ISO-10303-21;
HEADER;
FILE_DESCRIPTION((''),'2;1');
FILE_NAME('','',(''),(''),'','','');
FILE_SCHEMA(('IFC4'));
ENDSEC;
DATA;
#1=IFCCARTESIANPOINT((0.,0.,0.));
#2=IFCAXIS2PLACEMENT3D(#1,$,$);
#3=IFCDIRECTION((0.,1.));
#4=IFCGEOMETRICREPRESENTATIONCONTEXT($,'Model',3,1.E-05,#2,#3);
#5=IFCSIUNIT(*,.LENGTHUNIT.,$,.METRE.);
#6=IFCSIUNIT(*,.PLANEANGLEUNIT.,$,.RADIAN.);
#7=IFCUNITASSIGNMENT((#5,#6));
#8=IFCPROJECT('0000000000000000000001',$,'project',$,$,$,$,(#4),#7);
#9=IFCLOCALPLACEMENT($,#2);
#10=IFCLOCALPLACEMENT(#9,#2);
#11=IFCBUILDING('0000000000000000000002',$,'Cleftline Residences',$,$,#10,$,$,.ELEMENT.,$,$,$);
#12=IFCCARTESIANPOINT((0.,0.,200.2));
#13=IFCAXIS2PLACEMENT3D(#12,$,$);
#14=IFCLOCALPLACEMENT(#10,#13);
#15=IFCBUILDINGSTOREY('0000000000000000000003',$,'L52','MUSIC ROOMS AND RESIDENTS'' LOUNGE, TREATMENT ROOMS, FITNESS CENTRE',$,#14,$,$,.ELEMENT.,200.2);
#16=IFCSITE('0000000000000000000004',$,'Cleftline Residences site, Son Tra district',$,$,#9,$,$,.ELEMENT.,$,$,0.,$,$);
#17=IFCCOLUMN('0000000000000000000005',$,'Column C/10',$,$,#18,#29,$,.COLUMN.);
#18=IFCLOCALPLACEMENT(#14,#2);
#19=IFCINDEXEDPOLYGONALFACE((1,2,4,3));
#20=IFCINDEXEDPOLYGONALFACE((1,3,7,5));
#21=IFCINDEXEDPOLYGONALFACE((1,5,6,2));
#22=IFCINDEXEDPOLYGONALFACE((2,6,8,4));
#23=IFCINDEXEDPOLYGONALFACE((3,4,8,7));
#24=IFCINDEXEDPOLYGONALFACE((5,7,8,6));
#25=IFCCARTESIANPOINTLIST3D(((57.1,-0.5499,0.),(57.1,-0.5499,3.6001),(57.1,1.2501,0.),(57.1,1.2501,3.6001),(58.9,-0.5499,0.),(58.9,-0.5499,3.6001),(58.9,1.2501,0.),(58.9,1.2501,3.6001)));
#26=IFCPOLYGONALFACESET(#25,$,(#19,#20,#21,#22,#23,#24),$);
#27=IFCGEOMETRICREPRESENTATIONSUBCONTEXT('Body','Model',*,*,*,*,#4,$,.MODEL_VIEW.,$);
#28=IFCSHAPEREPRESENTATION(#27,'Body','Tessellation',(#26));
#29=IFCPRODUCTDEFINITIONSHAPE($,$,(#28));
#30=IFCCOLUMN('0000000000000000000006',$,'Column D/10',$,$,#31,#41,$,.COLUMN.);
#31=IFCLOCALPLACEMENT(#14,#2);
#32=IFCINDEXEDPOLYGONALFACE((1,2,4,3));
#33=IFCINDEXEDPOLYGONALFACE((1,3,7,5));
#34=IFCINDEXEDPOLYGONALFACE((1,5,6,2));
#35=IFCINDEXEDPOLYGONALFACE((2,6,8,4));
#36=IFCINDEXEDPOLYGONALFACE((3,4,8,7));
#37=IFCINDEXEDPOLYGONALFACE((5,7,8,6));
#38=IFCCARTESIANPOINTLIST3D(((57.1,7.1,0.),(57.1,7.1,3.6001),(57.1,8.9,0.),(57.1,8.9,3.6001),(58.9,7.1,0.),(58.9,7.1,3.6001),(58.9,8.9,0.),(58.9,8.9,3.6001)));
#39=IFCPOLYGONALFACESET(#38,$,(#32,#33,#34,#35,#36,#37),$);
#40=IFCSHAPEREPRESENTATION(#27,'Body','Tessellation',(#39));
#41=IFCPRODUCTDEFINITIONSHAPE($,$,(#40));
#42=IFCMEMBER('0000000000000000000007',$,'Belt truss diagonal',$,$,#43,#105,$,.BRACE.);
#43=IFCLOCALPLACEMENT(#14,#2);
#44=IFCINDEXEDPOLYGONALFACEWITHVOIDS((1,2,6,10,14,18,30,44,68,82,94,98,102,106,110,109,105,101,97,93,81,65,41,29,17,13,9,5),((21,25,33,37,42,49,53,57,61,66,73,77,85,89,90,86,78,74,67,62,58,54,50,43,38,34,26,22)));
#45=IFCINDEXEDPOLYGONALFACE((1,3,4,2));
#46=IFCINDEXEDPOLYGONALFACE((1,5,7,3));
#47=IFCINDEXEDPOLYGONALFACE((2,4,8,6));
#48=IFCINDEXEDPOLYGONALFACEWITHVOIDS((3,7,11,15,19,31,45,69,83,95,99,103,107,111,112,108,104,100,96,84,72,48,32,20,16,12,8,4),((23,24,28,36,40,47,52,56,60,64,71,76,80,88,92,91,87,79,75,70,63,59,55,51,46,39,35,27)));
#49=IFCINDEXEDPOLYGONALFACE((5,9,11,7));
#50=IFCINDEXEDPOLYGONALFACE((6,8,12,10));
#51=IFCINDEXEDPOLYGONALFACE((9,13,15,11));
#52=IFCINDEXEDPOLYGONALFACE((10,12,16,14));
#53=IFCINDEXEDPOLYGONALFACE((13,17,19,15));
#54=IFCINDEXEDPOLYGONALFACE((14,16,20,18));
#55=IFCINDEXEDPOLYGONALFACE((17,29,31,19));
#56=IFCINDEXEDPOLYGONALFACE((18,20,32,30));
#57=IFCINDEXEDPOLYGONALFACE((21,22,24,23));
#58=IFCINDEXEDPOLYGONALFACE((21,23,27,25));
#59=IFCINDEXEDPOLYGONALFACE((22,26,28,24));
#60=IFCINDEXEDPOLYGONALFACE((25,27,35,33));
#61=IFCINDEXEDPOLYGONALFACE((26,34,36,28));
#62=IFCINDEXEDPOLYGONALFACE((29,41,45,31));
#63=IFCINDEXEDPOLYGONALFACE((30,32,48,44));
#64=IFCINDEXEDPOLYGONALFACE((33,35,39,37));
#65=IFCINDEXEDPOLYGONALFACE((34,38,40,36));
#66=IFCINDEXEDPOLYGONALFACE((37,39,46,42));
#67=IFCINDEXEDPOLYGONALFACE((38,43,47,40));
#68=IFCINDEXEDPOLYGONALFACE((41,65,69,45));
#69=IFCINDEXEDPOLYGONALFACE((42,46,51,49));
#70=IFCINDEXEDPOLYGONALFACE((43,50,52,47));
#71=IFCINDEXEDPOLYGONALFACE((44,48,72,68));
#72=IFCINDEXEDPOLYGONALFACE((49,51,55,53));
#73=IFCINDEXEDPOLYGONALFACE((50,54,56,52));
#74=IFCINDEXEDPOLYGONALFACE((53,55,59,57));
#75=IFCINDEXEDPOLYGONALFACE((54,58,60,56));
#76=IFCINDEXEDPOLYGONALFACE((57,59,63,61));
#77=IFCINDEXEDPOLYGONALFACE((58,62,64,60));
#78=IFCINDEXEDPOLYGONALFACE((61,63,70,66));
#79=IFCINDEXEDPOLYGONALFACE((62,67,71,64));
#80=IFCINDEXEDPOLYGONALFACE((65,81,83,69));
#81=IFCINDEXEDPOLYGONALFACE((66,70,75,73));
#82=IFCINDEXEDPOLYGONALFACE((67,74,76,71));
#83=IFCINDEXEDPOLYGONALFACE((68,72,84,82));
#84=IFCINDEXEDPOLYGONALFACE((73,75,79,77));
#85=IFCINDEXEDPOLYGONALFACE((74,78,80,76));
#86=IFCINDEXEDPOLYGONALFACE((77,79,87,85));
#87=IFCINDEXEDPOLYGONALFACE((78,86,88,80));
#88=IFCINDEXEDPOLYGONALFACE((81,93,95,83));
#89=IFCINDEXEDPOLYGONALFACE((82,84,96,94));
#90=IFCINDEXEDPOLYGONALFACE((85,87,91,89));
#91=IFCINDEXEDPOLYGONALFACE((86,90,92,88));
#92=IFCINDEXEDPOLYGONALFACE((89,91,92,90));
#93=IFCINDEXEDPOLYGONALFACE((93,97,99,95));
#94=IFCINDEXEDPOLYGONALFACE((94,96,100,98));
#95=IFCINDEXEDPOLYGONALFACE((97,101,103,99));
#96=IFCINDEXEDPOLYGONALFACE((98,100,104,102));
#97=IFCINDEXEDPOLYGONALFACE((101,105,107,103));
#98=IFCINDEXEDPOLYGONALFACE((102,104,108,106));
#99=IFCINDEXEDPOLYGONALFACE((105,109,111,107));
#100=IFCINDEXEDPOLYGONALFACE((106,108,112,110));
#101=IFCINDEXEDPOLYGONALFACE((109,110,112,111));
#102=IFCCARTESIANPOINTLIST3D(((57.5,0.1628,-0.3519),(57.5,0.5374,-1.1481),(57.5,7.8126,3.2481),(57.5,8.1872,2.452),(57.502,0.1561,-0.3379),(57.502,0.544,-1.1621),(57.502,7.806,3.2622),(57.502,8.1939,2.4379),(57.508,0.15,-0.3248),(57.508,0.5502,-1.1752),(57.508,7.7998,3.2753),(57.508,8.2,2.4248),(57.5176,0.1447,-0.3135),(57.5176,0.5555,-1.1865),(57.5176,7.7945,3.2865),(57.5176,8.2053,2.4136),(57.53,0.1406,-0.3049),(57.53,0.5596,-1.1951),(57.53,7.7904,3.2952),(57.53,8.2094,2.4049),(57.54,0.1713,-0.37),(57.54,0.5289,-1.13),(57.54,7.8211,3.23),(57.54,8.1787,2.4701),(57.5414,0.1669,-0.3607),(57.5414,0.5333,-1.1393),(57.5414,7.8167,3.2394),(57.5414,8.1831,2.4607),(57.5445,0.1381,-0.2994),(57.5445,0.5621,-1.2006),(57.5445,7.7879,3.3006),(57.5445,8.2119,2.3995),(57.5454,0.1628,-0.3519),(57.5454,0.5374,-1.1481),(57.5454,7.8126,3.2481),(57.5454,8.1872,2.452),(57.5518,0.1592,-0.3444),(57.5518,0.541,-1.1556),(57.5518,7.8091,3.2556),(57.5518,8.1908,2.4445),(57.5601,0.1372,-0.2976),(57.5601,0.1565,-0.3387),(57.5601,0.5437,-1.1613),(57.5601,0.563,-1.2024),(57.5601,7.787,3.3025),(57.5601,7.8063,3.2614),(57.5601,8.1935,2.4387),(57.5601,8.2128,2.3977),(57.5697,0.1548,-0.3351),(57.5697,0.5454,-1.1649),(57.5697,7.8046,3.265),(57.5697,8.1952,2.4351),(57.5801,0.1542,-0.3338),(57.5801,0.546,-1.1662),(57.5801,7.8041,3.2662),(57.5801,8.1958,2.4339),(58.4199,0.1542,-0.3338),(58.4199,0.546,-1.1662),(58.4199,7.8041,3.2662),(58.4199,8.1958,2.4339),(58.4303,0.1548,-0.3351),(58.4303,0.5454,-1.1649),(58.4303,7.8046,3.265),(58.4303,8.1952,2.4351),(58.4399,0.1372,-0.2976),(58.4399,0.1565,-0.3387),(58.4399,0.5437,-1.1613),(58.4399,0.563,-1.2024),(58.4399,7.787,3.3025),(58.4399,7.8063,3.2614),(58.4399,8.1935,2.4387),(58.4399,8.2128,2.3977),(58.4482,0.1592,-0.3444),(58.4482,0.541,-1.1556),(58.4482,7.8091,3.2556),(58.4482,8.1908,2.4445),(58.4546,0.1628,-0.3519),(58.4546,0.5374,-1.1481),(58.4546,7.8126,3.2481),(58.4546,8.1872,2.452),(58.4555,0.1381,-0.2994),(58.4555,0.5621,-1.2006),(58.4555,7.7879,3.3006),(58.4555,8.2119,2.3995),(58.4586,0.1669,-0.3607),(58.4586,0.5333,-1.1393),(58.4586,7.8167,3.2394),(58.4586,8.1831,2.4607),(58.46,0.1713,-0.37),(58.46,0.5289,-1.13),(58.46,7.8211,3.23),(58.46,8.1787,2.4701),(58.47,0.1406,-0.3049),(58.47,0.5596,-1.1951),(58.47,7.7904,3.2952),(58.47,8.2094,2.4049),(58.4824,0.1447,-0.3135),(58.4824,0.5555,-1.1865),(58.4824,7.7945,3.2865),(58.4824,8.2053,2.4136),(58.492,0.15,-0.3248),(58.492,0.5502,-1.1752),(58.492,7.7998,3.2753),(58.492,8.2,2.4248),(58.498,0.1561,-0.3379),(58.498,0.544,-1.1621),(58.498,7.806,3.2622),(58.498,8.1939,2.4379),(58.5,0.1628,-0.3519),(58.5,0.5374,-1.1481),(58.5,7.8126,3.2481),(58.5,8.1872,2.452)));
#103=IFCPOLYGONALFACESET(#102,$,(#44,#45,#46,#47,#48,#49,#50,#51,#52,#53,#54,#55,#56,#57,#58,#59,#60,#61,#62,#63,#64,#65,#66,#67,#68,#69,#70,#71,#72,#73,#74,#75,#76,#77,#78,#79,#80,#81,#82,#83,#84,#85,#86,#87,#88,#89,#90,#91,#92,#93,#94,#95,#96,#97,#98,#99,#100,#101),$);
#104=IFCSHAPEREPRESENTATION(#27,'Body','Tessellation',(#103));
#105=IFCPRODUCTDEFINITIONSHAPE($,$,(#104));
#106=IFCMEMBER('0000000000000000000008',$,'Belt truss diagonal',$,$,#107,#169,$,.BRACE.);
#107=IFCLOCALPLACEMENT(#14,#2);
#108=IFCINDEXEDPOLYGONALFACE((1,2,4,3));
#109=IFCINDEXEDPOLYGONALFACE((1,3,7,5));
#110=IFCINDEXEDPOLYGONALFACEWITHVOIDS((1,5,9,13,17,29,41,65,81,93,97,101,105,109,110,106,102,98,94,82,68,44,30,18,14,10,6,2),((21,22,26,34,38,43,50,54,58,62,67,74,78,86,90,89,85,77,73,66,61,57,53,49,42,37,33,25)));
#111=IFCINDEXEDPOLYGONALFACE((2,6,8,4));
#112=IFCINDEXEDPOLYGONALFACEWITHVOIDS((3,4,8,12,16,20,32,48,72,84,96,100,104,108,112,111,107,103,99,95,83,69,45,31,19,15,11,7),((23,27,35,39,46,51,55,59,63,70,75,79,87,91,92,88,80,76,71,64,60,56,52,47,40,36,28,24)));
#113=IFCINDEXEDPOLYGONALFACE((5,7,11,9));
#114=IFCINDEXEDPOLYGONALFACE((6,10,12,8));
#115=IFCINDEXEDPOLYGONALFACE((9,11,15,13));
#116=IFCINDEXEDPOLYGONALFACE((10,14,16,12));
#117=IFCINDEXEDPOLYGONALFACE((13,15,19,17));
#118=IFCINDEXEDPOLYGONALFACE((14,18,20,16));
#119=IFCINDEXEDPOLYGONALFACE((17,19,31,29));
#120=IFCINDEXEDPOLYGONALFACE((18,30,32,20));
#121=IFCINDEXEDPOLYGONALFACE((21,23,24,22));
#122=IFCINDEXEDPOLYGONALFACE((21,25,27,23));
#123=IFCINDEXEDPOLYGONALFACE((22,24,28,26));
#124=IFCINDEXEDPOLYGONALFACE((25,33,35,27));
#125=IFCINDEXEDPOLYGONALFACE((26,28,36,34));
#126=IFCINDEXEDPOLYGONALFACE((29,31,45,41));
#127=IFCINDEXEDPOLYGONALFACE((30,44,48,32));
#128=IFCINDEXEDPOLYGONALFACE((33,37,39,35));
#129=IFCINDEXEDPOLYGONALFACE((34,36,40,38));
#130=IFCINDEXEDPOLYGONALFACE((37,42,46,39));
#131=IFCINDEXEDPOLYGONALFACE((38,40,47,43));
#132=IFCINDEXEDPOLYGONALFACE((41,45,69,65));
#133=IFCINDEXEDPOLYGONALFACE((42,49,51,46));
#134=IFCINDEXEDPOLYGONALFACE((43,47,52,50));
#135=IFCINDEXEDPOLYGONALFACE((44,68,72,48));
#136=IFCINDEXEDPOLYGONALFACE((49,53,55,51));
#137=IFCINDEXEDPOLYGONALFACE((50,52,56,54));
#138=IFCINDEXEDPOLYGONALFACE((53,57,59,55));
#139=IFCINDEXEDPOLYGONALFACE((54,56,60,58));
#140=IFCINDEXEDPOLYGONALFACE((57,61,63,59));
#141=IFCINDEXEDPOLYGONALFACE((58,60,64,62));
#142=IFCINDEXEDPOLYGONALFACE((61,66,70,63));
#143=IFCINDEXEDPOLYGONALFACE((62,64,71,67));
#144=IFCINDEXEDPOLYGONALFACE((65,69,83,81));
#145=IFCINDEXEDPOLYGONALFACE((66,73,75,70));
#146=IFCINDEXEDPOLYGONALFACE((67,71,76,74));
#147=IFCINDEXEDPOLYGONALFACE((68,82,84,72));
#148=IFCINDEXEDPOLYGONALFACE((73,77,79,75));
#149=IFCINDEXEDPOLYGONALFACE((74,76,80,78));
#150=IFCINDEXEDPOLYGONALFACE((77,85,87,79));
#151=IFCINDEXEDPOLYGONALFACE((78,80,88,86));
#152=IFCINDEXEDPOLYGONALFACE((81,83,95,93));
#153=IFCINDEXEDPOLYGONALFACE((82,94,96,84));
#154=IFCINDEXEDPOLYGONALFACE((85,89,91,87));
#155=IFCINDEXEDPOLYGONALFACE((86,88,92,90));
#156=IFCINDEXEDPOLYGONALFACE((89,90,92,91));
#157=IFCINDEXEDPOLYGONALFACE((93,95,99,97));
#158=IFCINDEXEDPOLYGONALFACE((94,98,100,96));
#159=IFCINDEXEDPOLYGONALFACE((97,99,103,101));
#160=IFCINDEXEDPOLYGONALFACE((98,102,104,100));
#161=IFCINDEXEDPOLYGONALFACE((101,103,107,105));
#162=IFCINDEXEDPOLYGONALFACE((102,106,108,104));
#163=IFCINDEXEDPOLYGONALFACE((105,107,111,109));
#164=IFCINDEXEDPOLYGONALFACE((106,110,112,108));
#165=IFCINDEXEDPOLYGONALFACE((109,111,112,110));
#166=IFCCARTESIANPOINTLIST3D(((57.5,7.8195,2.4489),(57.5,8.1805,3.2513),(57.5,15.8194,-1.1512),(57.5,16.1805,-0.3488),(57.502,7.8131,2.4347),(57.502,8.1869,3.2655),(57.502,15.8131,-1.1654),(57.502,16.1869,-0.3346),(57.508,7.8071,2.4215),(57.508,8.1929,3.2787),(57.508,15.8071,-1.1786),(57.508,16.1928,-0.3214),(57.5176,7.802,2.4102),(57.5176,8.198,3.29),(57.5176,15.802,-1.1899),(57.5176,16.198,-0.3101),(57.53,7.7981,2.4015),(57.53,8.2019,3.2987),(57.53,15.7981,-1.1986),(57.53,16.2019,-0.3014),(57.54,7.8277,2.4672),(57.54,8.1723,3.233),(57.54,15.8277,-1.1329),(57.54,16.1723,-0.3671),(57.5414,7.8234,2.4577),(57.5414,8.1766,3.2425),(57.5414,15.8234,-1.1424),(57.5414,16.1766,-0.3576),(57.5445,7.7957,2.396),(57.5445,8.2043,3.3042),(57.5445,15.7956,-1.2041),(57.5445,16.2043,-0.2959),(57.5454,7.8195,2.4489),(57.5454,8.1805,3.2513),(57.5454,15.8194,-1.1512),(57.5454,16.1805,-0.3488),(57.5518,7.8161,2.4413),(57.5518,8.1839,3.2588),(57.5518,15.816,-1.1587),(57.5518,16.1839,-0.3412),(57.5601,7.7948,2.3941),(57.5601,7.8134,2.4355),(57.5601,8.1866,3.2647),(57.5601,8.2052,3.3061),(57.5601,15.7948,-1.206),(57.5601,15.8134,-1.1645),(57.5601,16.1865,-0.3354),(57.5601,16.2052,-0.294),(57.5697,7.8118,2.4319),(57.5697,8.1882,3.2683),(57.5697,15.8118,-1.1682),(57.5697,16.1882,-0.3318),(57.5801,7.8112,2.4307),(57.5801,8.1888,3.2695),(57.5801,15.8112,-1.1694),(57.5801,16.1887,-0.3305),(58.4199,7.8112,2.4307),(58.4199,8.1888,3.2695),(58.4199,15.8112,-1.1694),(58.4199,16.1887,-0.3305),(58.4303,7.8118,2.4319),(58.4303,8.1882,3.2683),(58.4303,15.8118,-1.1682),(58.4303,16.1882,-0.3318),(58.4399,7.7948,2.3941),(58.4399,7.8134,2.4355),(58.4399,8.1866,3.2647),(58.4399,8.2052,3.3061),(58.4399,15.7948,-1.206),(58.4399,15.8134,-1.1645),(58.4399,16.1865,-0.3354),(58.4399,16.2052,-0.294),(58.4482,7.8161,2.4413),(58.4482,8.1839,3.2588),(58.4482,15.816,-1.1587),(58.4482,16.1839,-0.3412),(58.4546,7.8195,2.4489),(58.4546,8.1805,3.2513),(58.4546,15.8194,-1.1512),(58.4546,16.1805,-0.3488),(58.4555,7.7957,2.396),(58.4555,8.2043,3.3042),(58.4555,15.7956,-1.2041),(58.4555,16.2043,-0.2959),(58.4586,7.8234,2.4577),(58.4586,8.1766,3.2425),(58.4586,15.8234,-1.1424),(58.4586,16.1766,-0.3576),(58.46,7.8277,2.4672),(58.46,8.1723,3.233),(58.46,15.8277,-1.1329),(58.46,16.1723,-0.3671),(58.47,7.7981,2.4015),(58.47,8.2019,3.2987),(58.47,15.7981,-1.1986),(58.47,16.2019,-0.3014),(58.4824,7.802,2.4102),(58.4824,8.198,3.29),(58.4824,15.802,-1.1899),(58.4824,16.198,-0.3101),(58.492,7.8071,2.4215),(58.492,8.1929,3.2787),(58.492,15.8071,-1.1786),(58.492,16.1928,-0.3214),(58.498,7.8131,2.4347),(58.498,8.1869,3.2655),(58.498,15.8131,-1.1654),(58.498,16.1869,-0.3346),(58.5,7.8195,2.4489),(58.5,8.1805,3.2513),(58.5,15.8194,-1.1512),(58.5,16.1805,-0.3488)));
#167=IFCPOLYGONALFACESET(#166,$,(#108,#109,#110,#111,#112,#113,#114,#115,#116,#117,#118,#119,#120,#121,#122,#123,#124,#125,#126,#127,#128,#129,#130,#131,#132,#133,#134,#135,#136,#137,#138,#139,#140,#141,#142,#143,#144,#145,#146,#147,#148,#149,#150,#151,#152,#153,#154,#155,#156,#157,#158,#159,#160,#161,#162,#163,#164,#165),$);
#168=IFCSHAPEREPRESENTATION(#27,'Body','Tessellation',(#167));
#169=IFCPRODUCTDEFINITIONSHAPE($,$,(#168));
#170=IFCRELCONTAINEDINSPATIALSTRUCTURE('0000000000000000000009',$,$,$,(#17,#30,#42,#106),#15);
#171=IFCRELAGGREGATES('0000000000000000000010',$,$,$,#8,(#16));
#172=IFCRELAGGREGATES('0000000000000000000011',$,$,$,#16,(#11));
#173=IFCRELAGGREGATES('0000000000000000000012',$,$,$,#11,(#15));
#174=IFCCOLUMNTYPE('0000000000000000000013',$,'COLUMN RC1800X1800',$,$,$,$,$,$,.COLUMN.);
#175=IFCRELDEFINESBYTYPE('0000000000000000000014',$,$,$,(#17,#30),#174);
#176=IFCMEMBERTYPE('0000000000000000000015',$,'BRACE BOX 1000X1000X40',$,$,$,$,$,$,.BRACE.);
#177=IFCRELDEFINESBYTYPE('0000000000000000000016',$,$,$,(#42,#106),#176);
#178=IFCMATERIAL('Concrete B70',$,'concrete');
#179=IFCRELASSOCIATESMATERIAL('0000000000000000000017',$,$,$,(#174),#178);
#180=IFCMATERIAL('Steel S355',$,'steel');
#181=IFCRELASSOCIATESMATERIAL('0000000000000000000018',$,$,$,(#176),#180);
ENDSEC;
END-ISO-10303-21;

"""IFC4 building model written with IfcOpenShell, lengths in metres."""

from ifc_helpers import new_model, si_unit, direction, frame, origin, origin_2d, place, context, subcontext, project, spatial, rectangle, hollow_rectangle, extrude, material, material_profile, profile_set, type_object, element, save


model = new_model("IFC4")

# Units and contexts
model_context = context("Model", 3, precision=1e-05, world=origin(), true_north=direction((0.0, 1.0)))
body_context = subcontext(model_context, "Body", "Model", "MODEL_VIEW")
ifc_project = project(units=[si_unit("LENGTHUNIT", "METRE"), si_unit("PLANEANGLEUNIT", "RADIAN")], contexts=[model_context])

# Site, building, storey
site_placement = place(None, origin())
site = spatial("IfcSite", under=ifc_project, at=site_placement, Name="Cleftline Residences site, Son Tra district", CompositionType="ELEMENT", RefElevation=0.0)
building_placement = place(site_placement, origin())
building = spatial("IfcBuilding", under=site, at=building_placement, Name="Cleftline Residences", CompositionType="ELEMENT")
storey_placement = place(building_placement, frame((0.0, 0.0, 200.2)))
storey = spatial("IfcBuildingStorey", under=building, at=storey_placement, Name="L52", Description="MUSIC ROOMS AND RESIDENTS' LOUNGE, TREATMENT ROOMS, FITNESS CENTRE", CompositionType="ELEMENT", Elevation=200.2)

# Columns
ifc_material_1 = material(Name="Concrete B70", Category="concrete")
ifc_material_profile_1 = material_profile(ifc_material_1, rectangle(XDim=1.8, YDim=1.8, at=origin_2d()))
ifc_profile_set_1 = profile_set([ifc_material_profile_1], Name="Concrete B70")
column_type = type_object("IfcColumnType", Name="COLUMN RC1800X1800", PredefinedType="COLUMN", material=ifc_profile_set_1)
for number, where, z_axis, x_axis, name in (
    (1, (58.0, 0.3501, 0.0), (0.0, 0.0, 1.0), (1.0, 0.0, 0.0), "Column C/10"),
    (2, (58.0, 8.0, 0.0), (0.0, 0.0, 1.0), (1.0, 0.0, 0.0), "Column D/10"),
):
    element("IfcColumn", number, at=place(storey_placement, frame(where, z_axis=z_axis, x_axis=x_axis)), inside=storey, type_object=column_type, Name=name, PredefinedType="COLUMN", context=body_context, shape_type="SweptSolid", body=[
        extrude(rectangle(XDim=1.8, YDim=1.8, at=origin_2d()), origin(), (0.0, 0.0, 1.0), 3.6001),
    ])

# Members
ifc_material_2 = material(Name="Steel S355", Category="steel")
ifc_material_profile_2 = material_profile(ifc_material_2, hollow_rectangle(XDim=1.0, YDim=1.0, WallThickness=0.04, InnerFilletRadius=0.04, OuterFilletRadius=0.0601, at=origin_2d()))
ifc_profile_set_2 = profile_set([ifc_material_profile_2], Name="Steel S355")
member_type_1 = type_object("IfcMemberType", Name="BRACE BOX 1000X1000X40", PredefinedType="BRACE", material=ifc_profile_set_2)
member_1_placement = place(storey_placement, frame((58.0, 0.3501, -0.75), z_axis=(0.0, 0.904812, 0.425811), x_axis=(0.0, -0.425811, 0.904812)))
element("IfcMember", 3, at=member_1_placement, inside=storey, type_object=member_type_1, Name="Belt truss diagonal", PredefinedType="BRACE", context=body_context, shape_type="SweptSolid", body=[
    extrude(hollow_rectangle(XDim=1.0, YDim=1.0, WallThickness=0.04, InnerFilletRadius=0.04, OuterFilletRadius=0.0601, at=origin_2d()), origin(), (0.0, 0.0, 1.0), 8.4546),
])
member_2_placement = place(storey_placement, frame((58.0, 8.0, 2.8501), z_axis=(0.0, 0.911917, -0.410374), x_axis=(0.0, 0.410374, 0.911917)))
element("IfcMember", 4, at=member_2_placement, inside=storey, type_object=member_type_1, Name="Belt truss diagonal", PredefinedType="BRACE", context=body_context, shape_type="SweptSolid", body=[
    extrude(hollow_rectangle(XDim=1.0, YDim=1.0, WallThickness=0.04, InnerFilletRadius=0.04, OuterFilletRadius=0.0601, at=origin_2d()), origin(), (0.0, 0.0, 1.0), 8.7727),
])

save(model, "model.ifc")
